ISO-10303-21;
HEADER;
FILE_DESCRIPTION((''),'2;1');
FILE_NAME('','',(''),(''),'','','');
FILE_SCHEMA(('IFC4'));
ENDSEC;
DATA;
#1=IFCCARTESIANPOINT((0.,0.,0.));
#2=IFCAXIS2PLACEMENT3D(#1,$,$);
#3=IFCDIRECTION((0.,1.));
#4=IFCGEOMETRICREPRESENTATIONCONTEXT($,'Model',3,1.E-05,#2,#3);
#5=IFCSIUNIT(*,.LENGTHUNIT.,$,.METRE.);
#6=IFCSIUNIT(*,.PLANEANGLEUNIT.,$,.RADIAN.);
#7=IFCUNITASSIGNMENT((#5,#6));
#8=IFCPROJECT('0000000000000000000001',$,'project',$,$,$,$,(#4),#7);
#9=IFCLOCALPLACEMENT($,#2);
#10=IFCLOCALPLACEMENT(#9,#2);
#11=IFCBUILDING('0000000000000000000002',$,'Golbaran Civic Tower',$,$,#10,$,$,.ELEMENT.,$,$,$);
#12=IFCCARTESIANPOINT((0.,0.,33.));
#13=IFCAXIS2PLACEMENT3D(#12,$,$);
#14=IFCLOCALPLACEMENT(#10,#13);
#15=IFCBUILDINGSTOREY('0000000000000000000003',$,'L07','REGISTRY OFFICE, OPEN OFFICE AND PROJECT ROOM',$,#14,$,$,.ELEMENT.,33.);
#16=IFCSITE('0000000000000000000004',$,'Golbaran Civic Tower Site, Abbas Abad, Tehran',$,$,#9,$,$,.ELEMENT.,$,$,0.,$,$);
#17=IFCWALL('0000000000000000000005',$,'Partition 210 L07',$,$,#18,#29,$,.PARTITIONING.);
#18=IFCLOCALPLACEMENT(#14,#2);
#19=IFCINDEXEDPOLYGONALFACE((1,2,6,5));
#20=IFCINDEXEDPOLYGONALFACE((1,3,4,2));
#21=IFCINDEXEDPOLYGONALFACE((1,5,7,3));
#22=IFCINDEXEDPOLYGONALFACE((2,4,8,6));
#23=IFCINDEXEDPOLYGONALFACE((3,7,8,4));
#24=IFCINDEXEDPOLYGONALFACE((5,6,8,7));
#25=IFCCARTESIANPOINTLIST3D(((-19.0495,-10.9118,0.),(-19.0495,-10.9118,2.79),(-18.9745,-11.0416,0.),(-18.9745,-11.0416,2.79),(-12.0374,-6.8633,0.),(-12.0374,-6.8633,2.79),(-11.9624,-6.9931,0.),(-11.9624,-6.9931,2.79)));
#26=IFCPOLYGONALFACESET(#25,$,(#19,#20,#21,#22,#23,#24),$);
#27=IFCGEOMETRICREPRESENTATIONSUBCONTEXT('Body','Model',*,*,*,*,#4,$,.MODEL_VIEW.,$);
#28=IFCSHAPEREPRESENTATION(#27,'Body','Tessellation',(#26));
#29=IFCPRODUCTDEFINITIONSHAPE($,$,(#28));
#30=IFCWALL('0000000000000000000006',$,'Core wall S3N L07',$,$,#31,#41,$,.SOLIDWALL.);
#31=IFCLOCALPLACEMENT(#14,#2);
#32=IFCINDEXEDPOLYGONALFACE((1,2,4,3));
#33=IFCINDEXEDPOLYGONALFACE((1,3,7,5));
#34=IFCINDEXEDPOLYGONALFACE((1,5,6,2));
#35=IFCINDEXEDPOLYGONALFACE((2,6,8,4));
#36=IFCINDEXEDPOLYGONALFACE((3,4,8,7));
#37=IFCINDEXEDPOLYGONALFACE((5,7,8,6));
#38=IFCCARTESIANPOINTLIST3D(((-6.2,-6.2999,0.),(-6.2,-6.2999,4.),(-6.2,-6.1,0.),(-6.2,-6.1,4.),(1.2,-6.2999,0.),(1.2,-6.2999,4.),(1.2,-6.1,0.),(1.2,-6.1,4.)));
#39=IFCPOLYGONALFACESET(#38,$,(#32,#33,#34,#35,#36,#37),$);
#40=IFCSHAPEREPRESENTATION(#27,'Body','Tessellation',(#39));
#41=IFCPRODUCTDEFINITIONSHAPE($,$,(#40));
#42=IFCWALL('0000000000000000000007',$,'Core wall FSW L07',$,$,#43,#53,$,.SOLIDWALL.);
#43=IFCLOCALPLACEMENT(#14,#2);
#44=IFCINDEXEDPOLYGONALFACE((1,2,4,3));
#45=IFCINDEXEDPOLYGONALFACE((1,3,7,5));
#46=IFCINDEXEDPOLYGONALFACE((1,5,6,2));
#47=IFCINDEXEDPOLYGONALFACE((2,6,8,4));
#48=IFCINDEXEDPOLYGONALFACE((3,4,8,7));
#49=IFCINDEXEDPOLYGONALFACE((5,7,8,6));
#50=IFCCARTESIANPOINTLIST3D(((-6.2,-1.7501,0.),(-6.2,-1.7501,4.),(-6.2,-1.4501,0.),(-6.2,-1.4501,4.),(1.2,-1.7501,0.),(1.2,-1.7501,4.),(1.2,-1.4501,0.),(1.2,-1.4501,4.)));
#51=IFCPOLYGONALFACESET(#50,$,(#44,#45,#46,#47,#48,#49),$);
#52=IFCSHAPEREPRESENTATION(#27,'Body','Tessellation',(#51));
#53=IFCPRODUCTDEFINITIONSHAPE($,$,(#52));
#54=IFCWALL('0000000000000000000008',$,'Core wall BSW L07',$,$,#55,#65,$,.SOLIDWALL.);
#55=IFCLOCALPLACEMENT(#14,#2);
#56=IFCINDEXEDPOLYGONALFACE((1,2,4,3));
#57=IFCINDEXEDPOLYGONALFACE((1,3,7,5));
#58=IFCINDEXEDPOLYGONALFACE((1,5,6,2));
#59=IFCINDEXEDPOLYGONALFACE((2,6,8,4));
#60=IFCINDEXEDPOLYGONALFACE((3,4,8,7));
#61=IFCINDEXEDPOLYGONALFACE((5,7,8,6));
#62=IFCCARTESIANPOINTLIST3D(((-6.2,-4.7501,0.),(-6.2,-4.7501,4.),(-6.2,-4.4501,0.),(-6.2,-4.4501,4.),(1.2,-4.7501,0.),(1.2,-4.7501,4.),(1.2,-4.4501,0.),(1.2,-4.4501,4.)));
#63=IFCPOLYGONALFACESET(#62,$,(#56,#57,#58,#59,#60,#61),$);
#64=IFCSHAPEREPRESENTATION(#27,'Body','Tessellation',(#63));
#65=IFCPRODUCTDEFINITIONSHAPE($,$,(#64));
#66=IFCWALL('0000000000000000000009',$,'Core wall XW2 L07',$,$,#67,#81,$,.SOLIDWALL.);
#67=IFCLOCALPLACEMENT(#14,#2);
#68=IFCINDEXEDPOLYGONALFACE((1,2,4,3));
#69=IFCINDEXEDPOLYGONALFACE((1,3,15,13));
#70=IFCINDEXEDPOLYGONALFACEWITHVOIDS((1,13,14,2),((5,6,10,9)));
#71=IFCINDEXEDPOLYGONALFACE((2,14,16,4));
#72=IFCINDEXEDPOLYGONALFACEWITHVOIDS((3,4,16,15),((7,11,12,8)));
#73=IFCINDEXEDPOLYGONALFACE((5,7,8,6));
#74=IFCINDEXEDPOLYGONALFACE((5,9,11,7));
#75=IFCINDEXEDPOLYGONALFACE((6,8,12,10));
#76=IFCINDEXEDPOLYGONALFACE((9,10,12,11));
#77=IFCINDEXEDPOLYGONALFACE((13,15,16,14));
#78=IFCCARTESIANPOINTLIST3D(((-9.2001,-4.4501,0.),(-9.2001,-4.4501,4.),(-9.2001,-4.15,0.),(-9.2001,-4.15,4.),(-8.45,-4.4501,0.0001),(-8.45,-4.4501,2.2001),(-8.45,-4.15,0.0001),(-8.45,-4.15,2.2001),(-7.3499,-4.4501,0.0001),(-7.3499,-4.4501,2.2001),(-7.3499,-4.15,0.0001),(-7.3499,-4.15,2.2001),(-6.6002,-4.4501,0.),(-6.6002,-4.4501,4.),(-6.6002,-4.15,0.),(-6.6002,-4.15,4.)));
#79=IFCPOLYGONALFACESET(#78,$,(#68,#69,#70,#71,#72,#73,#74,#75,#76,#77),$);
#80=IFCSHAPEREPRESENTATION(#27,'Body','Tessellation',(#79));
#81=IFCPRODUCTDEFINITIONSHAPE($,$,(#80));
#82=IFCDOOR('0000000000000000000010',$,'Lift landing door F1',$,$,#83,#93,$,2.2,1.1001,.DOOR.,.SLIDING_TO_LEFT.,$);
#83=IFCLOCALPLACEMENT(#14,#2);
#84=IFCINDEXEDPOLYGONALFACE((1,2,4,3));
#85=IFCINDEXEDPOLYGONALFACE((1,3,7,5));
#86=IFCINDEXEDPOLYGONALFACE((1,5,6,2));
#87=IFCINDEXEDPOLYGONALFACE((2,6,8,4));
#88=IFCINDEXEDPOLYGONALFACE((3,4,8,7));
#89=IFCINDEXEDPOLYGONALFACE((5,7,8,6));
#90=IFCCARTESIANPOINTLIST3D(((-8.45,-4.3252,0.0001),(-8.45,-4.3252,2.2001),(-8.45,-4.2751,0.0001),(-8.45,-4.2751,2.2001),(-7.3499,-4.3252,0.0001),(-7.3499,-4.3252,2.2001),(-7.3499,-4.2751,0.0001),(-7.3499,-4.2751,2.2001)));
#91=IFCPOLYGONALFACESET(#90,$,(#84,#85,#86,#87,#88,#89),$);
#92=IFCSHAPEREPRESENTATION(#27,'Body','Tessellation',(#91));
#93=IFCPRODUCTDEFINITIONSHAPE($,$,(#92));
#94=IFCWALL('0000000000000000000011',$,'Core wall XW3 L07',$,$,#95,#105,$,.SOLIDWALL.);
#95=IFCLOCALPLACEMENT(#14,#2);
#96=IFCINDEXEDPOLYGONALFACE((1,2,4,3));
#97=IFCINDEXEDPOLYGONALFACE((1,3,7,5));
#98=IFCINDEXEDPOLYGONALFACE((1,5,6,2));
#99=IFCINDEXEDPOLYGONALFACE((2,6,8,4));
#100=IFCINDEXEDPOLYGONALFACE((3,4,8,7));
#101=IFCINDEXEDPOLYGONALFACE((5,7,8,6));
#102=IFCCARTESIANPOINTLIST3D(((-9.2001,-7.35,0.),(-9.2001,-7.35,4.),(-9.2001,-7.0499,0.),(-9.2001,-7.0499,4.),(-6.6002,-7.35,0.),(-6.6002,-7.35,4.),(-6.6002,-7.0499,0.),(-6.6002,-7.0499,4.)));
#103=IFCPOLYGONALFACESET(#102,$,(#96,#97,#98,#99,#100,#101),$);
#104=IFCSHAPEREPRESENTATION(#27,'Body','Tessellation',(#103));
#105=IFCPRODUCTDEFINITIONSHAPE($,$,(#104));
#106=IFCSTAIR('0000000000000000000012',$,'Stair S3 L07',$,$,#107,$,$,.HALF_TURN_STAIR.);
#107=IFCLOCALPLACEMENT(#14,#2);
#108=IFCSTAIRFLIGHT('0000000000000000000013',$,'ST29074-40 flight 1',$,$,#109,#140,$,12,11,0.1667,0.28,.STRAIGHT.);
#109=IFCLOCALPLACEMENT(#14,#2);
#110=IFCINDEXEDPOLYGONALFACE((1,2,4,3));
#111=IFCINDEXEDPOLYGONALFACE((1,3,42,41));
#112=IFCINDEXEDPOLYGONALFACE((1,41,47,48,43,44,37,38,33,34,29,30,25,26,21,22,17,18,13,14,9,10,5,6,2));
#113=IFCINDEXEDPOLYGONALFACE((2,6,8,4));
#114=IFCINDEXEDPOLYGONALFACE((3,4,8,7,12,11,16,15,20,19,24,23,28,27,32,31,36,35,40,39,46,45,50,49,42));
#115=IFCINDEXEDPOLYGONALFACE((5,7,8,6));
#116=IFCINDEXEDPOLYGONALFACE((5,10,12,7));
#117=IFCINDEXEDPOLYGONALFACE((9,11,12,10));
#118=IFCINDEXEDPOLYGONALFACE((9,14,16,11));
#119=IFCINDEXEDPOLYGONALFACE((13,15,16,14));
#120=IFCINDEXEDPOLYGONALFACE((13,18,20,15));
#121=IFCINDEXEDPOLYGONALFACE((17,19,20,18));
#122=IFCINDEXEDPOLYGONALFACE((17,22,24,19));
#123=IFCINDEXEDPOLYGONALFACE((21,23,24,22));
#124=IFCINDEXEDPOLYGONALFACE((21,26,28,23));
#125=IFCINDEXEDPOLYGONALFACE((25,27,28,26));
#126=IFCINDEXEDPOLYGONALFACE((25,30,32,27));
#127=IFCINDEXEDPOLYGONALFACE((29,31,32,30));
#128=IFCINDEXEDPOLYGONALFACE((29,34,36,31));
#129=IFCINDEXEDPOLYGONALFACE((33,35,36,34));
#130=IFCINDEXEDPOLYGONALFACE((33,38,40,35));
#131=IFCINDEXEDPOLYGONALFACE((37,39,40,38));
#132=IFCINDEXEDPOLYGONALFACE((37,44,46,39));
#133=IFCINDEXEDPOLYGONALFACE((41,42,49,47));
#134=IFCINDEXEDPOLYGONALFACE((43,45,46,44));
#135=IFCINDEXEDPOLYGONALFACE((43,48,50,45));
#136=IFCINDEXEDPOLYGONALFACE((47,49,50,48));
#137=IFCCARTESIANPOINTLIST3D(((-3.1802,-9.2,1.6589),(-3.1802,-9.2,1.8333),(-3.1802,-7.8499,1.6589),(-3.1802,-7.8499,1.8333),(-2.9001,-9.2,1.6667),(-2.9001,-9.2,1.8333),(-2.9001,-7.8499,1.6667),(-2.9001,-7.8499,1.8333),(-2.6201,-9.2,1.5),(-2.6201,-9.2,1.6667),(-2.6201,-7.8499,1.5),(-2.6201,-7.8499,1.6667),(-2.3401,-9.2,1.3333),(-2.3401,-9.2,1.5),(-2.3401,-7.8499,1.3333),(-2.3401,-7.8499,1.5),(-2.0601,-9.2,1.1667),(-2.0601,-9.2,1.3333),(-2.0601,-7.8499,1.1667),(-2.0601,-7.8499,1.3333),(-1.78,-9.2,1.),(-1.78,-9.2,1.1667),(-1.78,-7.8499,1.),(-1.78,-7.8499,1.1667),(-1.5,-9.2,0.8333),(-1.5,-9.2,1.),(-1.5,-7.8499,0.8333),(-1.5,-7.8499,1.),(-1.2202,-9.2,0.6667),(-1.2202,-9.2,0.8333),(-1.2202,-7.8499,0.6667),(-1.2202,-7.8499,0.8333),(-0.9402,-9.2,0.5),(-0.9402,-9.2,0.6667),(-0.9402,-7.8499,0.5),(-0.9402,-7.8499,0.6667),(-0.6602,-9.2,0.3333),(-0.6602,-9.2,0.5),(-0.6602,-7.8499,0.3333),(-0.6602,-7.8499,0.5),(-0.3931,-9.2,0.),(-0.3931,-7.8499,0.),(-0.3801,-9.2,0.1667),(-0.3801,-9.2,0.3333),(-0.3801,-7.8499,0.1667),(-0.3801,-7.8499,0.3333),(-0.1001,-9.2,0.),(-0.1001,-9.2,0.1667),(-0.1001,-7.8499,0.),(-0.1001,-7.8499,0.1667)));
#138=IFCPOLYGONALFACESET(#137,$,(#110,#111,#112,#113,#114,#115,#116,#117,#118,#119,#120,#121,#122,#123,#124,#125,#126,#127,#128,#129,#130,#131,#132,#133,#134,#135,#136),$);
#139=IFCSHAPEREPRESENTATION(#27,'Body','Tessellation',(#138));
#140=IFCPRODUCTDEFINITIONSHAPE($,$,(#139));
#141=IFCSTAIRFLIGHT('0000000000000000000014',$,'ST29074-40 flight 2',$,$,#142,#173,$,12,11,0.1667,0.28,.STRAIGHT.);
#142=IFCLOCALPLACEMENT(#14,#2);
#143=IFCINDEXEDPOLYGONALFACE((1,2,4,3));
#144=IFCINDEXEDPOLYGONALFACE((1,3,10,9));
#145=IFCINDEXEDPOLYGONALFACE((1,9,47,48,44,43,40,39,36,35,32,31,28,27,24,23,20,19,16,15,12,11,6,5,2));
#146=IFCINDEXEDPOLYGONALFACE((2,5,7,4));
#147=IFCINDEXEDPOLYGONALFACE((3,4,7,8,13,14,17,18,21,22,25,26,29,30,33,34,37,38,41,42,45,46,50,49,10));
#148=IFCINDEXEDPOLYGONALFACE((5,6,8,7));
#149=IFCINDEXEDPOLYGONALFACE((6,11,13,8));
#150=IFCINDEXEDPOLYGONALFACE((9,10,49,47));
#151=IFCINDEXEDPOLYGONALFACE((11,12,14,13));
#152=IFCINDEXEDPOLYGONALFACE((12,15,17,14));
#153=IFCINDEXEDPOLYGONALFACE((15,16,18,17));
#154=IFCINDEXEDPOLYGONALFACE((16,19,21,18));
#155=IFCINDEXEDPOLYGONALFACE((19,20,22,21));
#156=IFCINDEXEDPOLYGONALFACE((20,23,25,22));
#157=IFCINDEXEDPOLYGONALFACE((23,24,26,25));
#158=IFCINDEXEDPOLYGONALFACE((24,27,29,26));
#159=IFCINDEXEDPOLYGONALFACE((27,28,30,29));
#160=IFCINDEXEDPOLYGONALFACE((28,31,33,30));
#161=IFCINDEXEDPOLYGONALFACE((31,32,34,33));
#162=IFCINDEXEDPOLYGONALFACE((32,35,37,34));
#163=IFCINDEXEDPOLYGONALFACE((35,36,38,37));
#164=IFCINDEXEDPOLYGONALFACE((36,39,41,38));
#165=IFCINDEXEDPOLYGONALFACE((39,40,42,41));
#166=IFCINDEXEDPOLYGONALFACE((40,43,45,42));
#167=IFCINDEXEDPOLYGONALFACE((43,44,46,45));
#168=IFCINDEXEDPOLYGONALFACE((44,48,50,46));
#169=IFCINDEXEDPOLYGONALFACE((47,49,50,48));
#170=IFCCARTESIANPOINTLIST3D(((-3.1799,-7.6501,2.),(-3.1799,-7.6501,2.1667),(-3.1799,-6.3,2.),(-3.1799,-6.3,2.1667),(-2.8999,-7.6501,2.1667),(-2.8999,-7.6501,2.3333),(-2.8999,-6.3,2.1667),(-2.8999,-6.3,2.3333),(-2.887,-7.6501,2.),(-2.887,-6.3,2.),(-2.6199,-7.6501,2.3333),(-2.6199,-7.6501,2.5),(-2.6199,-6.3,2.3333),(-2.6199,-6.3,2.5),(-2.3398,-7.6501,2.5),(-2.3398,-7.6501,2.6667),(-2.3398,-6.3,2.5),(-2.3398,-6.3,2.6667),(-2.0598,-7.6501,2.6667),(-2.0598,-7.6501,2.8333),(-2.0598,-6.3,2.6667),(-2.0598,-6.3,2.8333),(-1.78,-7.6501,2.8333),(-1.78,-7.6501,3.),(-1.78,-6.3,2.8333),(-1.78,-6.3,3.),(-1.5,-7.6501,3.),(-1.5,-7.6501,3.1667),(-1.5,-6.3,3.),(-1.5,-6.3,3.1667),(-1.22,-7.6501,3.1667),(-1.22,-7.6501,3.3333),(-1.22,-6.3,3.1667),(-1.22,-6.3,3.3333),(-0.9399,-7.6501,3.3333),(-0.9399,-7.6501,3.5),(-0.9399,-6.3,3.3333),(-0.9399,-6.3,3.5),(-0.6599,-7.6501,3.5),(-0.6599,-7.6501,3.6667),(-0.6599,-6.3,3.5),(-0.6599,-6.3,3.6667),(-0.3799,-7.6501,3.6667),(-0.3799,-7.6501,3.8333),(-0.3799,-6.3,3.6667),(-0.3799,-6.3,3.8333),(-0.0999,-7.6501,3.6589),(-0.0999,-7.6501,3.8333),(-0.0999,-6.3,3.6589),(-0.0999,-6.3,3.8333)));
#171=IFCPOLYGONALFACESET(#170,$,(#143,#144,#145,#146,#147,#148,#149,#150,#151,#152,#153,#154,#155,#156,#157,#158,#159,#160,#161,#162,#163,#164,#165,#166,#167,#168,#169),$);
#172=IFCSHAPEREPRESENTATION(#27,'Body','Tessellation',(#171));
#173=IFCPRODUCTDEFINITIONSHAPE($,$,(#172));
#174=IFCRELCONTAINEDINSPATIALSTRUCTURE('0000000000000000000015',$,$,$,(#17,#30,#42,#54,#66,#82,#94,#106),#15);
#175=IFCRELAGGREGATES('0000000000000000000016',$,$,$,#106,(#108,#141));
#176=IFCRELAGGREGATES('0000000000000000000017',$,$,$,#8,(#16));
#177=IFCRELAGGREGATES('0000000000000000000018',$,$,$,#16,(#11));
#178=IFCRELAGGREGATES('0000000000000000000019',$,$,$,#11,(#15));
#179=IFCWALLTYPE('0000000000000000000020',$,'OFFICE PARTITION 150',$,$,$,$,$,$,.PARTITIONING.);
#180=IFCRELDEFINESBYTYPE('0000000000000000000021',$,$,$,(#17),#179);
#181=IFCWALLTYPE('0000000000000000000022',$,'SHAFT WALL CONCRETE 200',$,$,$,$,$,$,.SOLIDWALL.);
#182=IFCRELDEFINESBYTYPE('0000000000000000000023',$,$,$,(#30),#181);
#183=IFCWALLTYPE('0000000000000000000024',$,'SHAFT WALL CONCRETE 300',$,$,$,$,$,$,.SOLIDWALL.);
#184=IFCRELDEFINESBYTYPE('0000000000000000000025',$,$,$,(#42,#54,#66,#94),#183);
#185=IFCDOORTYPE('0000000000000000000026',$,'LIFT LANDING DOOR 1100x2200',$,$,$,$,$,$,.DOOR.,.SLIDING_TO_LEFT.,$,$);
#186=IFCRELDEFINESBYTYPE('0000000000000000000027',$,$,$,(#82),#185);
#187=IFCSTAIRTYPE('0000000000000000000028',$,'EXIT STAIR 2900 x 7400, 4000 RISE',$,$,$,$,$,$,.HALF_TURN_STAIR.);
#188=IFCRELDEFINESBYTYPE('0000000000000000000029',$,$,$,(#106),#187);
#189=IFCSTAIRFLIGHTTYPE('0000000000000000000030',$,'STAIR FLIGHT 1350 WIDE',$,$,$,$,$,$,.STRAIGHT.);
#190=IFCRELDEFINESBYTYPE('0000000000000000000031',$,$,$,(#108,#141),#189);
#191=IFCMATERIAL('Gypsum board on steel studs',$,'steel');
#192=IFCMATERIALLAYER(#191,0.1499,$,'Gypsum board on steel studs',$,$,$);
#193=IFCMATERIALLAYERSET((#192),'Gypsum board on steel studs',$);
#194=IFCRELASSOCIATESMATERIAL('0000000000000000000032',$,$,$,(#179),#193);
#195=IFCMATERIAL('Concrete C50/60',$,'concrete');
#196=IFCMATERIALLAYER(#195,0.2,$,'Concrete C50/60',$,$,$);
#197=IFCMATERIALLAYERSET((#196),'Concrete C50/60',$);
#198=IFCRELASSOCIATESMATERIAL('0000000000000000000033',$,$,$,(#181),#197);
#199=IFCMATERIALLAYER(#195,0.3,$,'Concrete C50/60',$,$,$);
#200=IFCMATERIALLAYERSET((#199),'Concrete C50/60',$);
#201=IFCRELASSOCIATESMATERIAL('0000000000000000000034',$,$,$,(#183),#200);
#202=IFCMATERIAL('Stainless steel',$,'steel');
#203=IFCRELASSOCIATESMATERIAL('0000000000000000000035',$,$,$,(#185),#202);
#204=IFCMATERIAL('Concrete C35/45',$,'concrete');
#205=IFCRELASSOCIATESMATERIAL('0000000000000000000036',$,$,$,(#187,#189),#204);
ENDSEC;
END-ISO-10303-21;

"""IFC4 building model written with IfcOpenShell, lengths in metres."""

from ifc_helpers import new_model, si_unit, direction, frame, frame_2d, origin, place, context, subcontext, project, spatial, polyline, rectangle, outline, extrude, material, layer, layer_set, type_object, element, fill, aggregate, save


model = new_model("IFC4")

# Units and contexts
model_context = context("Model", 3, precision=1e-05, world=origin(), true_north=direction((0.0, 1.0)))
body_context = subcontext(model_context, "Body", "Model", "MODEL_VIEW")
ifc_project = project(units=[si_unit("LENGTHUNIT", "METRE"), si_unit("PLANEANGLEUNIT", "RADIAN")], contexts=[model_context])

# Site, building, storey
site_placement = place(None, origin())
site = spatial("IfcSite", under=ifc_project, at=site_placement, Name="Golbaran Civic Tower Site, Abbas Abad, Tehran", CompositionType="ELEMENT", RefElevation=0.0)
building_placement = place(site_placement, origin())
building = spatial("IfcBuilding", under=site, at=building_placement, Name="Golbaran Civic Tower", CompositionType="ELEMENT")
storey_placement = place(building_placement, frame((0.0, 0.0, 33.0)))
storey = spatial("IfcBuildingStorey", under=building, at=storey_placement, Name="L07", Description="REGISTRY OFFICE, OPEN OFFICE AND PROJECT ROOM", CompositionType="ELEMENT", Elevation=33.0)

# Shared definitions
ifc_material_1 = material(Name="Concrete C50/60", Category="concrete")

# Walls
ifc_material_2 = material(Name="Gypsum board on steel studs", Category="steel")
ifc_layer_1 = layer(ifc_material_2, 0.1499, Name="Gypsum board on steel studs")
ifc_layer_set_1 = layer_set([ifc_layer_1], Name="Gypsum board on steel studs")
wall_type_1 = type_object("IfcWallType", Name="OFFICE PARTITION 150", PredefinedType="PARTITIONING", material=ifc_layer_set_1)
wall_1_placement = place(storey_placement, frame((-12.0, -6.9282, 0.0), z_axis=(0.0, 0.0, 1.0), x_axis=(-0.866021, -0.500008, 0.0)))
element("IfcWall", 1, at=wall_1_placement, inside=storey, type_object=wall_type_1, Name="Partition 210 L07", PredefinedType="PARTITIONING", context=body_context, shape_type="SweptSolid", body=[
    extrude(rectangle(XDim=8.0969, YDim=0.1499, at=frame_2d((4.0483, 0.0))), origin(), (0.0, 0.0, 1.0), 2.79),
])
ifc_layer_2 = layer(ifc_material_1, 0.2, Name="Concrete C50/60")
ifc_layer_set_2 = layer_set([ifc_layer_2], Name="Concrete C50/60")
wall_type_2 = type_object("IfcWallType", Name="SHAFT WALL CONCRETE 200", PredefinedType="SOLIDWALL", material=ifc_layer_set_2)
wall_2_placement = place(storey_placement, frame((-6.2, -6.2, 0.0), z_axis=(0.0, 0.0, 1.0), x_axis=(1.0, 0.0, 0.0)))
element("IfcWall", 2, at=wall_2_placement, inside=storey, type_object=wall_type_2, Name="Core wall S3N L07", PredefinedType="SOLIDWALL", context=body_context, shape_type="SweptSolid", body=[
    extrude(rectangle(XDim=7.3999, YDim=0.2, at=frame_2d((3.7, 0.0))), origin(), (0.0, 0.0, 1.0), 4.0),
])
ifc_layer_3 = layer(ifc_material_1, 0.3, Name="Concrete C50/60")
ifc_layer_set_3 = layer_set([ifc_layer_3], Name="Concrete C50/60")
wall_type_3 = type_object("IfcWallType", Name="SHAFT WALL CONCRETE 300", PredefinedType="SOLIDWALL", material=ifc_layer_set_3)
for number, where, z_axis, x_axis, name in (
    (3, (-6.2, -1.6001, 0.0), (0.0, 0.0, 1.0), (1.0, 0.0, 0.0), "Core wall FSW L07"),
    (4, (-6.2, -4.6001, 0.0), (0.0, 0.0, 1.0), (1.0, 0.0, 0.0), "Core wall BSW L07"),
):
    element("IfcWall", number, at=place(storey_placement, frame(where, z_axis=z_axis, x_axis=x_axis)), inside=storey, type_object=wall_type_3, Name=name, PredefinedType="SOLIDWALL", context=body_context, shape_type="SweptSolid", body=[
        extrude(rectangle(XDim=7.3999, YDim=0.3, at=frame_2d((3.7, 0.0))), origin(), (0.0, 0.0, 1.0), 4.0),
    ])

# Wall, opening, door
wall_3_placement = place(storey_placement, frame((-9.2, -4.3, 0.0), z_axis=(0.0, 0.0, 1.0), x_axis=(1.0, 0.0, 0.0)))
wall_3 = element("IfcWall", 5, at=wall_3_placement, inside=storey, type_object=wall_type_3, Name="Core wall XW2 L07", PredefinedType="SOLIDWALL", context=body_context, shape_type="SweptSolid", body=[
    extrude(rectangle(XDim=2.5999, YDim=0.3, at=frame_2d((1.2998, 0.0))), origin(), (0.0, 0.0, 1.0), 4.0),
])
opening_1_placement = place(wall_3_placement, frame((0.75, 0.0, 0.0)))
opening_1 = element("IfcOpeningElement", 6, at=opening_1_placement, cuts=wall_3, PredefinedType="OPENING", context=body_context, shape_type="SweptSolid", body=[
    extrude(rectangle(XDim=1.1001, YDim=2.2, at=frame_2d((0.55, 1.1001))), frame((0.0, 0.1599, 0.0), z_axis=(0.0, -1.0, 0.0), x_axis=(1.0, 0.0, 0.0)), (0.0, 0.0, 1.0), 0.3201),
])
ifc_material_3 = material(Name="Stainless steel", Category="steel")
door_type_1 = type_object("IfcDoorType", Name="LIFT LANDING DOOR 1100x2200", OperationType="SLIDING_TO_LEFT", PredefinedType="DOOR", material=ifc_material_3)
door_1_placement = place(opening_1_placement, origin())
door_1 = element("IfcDoor", 7, at=door_1_placement, inside=storey, type_object=door_type_1, Name="Lift landing door F1", OperationType="SLIDING_TO_LEFT", OverallHeight=2.2, OverallWidth=1.1001, PredefinedType="DOOR", context=body_context, shape_type="SweptSolid", body=[
    extrude(rectangle(XDim=1.1001, YDim=2.2, at=frame_2d((0.55, 1.1001))), frame((0.0, 0.0249, 0.0), z_axis=(0.0, -1.0, 0.0), x_axis=(1.0, 0.0, 0.0)), (0.0, 0.0, 1.0), 0.05),
])
fill(opening_1, door_1)

# Wall
wall_4_placement = place(storey_placement, frame((-9.2, -7.2, 0.0), z_axis=(0.0, 0.0, 1.0), x_axis=(1.0, 0.0, 0.0)))
element("IfcWall", 8, at=wall_4_placement, inside=storey, type_object=wall_type_3, Name="Core wall XW3 L07", PredefinedType="SOLIDWALL", context=body_context, shape_type="SweptSolid", body=[
    extrude(rectangle(XDim=2.5999, YDim=0.3, at=frame_2d((1.2998, 0.0))), origin(), (0.0, 0.0, 1.0), 4.0),
])

# Stair, stair flights
ifc_material_4 = material(Name="Concrete C35/45", Category="concrete")
stair_type = type_object("IfcStairType", Name="EXIT STAIR 2900 x 7400, 4000 RISE", PredefinedType="HALF_TURN_STAIR", material=ifc_material_4)
stair_placement = place(storey_placement, origin())
stair = element("IfcStair", 9, at=stair_placement, inside=storey, type_object=stair_type, Name="Stair S3 L07", PredefinedType="HALF_TURN_STAIR")
stair_flight_type = type_object("IfcStairFlightType", Name="STAIR FLIGHT 1350 WIDE", PredefinedType="STRAIGHT", material=ifc_material_4)
stair_flight_1_placement = place(storey_placement, frame((-0.1001, -8.5249, 0.0), z_axis=(0.0, 0.0, 1.0), x_axis=(-1.0, 0.0, 0.0)))
stair_flight_1 = element("IfcStairFlight", 10, at=stair_flight_1_placement, type_object=stair_flight_type, Name="ST29074-40 flight 1", NumberOfRisers=12, NumberOfTreads=11, PredefinedType="STRAIGHT", RiserHeight=0.1667, TreadLength=0.28, context=body_context, shape_type="SweptSolid", body=[
    extrude(outline(polyline([(0.0, 0.0), (0.0, 0.1667), (0.28, 0.1667), (0.28, 0.3333), (0.5601, 0.3333), (0.5601, 0.5), (0.8401, 0.5), (0.8401, 0.6667), (1.1201, 0.6667), (1.1201, 0.8333), (1.3999, 0.8333), (1.3999, 1.0), (1.6799, 1.0), (1.6799, 1.1667), (1.96, 1.1667), (1.96, 1.3333), (2.24, 1.3333), (2.24, 1.5), (2.52, 1.5), (2.52, 1.6667), (2.8, 1.6667), (2.8, 1.8333), (3.0801, 1.8333), (3.0801, 2.0), (3.0801, 1.6589), (0.293, 0.0), (0.0, 0.0)])), frame((0.0, 0.675, 0.0), z_axis=(0.0, -1.0, 0.0), x_axis=(1.0, 0.0, 0.0)), (0.0, 0.0, 1.0), 1.3501),
])
stair_flight_2_placement = place(storey_placement, frame((-3.1799, -6.9751, 2.0), z_axis=(0.0, 0.0, 1.0), x_axis=(1.0, 0.0, 0.0)))
stair_flight_2 = element("IfcStairFlight", 11, at=stair_flight_2_placement, type_object=stair_flight_type, Name="ST29074-40 flight 2", NumberOfRisers=12, NumberOfTreads=11, PredefinedType="STRAIGHT", RiserHeight=0.1667, TreadLength=0.28, context=body_context, shape_type="SweptSolid", body=[
    extrude(outline(polyline([(0.0, 0.0), (0.0, 0.1667), (0.28, 0.1667), (0.28, 0.3333), (0.5601, 0.3333), (0.5601, 0.5), (0.8401, 0.5), (0.8401, 0.6667), (1.1201, 0.6667), (1.1201, 0.8333), (1.3999, 0.8333), (1.3999, 1.0), (1.6799, 1.0), (1.6799, 1.1667), (1.96, 1.1667), (1.96, 1.3333), (2.24, 1.3333), (2.24, 1.5), (2.52, 1.5), (2.52, 1.6667), (2.8, 1.6667), (2.8, 1.8333), (3.0801, 1.8333), (3.0801, 2.0), (3.0801, 1.6589), (0.293, 0.0), (0.0, 0.0)])), frame((0.0, 0.675, 0.0), z_axis=(0.0, -1.0, 0.0), x_axis=(1.0, 0.0, 0.0)), (0.0, 0.0, 1.0), 1.3501),
])
aggregate(stair, [stair_flight_1, stair_flight_2])

save(model, "model.ifc")
